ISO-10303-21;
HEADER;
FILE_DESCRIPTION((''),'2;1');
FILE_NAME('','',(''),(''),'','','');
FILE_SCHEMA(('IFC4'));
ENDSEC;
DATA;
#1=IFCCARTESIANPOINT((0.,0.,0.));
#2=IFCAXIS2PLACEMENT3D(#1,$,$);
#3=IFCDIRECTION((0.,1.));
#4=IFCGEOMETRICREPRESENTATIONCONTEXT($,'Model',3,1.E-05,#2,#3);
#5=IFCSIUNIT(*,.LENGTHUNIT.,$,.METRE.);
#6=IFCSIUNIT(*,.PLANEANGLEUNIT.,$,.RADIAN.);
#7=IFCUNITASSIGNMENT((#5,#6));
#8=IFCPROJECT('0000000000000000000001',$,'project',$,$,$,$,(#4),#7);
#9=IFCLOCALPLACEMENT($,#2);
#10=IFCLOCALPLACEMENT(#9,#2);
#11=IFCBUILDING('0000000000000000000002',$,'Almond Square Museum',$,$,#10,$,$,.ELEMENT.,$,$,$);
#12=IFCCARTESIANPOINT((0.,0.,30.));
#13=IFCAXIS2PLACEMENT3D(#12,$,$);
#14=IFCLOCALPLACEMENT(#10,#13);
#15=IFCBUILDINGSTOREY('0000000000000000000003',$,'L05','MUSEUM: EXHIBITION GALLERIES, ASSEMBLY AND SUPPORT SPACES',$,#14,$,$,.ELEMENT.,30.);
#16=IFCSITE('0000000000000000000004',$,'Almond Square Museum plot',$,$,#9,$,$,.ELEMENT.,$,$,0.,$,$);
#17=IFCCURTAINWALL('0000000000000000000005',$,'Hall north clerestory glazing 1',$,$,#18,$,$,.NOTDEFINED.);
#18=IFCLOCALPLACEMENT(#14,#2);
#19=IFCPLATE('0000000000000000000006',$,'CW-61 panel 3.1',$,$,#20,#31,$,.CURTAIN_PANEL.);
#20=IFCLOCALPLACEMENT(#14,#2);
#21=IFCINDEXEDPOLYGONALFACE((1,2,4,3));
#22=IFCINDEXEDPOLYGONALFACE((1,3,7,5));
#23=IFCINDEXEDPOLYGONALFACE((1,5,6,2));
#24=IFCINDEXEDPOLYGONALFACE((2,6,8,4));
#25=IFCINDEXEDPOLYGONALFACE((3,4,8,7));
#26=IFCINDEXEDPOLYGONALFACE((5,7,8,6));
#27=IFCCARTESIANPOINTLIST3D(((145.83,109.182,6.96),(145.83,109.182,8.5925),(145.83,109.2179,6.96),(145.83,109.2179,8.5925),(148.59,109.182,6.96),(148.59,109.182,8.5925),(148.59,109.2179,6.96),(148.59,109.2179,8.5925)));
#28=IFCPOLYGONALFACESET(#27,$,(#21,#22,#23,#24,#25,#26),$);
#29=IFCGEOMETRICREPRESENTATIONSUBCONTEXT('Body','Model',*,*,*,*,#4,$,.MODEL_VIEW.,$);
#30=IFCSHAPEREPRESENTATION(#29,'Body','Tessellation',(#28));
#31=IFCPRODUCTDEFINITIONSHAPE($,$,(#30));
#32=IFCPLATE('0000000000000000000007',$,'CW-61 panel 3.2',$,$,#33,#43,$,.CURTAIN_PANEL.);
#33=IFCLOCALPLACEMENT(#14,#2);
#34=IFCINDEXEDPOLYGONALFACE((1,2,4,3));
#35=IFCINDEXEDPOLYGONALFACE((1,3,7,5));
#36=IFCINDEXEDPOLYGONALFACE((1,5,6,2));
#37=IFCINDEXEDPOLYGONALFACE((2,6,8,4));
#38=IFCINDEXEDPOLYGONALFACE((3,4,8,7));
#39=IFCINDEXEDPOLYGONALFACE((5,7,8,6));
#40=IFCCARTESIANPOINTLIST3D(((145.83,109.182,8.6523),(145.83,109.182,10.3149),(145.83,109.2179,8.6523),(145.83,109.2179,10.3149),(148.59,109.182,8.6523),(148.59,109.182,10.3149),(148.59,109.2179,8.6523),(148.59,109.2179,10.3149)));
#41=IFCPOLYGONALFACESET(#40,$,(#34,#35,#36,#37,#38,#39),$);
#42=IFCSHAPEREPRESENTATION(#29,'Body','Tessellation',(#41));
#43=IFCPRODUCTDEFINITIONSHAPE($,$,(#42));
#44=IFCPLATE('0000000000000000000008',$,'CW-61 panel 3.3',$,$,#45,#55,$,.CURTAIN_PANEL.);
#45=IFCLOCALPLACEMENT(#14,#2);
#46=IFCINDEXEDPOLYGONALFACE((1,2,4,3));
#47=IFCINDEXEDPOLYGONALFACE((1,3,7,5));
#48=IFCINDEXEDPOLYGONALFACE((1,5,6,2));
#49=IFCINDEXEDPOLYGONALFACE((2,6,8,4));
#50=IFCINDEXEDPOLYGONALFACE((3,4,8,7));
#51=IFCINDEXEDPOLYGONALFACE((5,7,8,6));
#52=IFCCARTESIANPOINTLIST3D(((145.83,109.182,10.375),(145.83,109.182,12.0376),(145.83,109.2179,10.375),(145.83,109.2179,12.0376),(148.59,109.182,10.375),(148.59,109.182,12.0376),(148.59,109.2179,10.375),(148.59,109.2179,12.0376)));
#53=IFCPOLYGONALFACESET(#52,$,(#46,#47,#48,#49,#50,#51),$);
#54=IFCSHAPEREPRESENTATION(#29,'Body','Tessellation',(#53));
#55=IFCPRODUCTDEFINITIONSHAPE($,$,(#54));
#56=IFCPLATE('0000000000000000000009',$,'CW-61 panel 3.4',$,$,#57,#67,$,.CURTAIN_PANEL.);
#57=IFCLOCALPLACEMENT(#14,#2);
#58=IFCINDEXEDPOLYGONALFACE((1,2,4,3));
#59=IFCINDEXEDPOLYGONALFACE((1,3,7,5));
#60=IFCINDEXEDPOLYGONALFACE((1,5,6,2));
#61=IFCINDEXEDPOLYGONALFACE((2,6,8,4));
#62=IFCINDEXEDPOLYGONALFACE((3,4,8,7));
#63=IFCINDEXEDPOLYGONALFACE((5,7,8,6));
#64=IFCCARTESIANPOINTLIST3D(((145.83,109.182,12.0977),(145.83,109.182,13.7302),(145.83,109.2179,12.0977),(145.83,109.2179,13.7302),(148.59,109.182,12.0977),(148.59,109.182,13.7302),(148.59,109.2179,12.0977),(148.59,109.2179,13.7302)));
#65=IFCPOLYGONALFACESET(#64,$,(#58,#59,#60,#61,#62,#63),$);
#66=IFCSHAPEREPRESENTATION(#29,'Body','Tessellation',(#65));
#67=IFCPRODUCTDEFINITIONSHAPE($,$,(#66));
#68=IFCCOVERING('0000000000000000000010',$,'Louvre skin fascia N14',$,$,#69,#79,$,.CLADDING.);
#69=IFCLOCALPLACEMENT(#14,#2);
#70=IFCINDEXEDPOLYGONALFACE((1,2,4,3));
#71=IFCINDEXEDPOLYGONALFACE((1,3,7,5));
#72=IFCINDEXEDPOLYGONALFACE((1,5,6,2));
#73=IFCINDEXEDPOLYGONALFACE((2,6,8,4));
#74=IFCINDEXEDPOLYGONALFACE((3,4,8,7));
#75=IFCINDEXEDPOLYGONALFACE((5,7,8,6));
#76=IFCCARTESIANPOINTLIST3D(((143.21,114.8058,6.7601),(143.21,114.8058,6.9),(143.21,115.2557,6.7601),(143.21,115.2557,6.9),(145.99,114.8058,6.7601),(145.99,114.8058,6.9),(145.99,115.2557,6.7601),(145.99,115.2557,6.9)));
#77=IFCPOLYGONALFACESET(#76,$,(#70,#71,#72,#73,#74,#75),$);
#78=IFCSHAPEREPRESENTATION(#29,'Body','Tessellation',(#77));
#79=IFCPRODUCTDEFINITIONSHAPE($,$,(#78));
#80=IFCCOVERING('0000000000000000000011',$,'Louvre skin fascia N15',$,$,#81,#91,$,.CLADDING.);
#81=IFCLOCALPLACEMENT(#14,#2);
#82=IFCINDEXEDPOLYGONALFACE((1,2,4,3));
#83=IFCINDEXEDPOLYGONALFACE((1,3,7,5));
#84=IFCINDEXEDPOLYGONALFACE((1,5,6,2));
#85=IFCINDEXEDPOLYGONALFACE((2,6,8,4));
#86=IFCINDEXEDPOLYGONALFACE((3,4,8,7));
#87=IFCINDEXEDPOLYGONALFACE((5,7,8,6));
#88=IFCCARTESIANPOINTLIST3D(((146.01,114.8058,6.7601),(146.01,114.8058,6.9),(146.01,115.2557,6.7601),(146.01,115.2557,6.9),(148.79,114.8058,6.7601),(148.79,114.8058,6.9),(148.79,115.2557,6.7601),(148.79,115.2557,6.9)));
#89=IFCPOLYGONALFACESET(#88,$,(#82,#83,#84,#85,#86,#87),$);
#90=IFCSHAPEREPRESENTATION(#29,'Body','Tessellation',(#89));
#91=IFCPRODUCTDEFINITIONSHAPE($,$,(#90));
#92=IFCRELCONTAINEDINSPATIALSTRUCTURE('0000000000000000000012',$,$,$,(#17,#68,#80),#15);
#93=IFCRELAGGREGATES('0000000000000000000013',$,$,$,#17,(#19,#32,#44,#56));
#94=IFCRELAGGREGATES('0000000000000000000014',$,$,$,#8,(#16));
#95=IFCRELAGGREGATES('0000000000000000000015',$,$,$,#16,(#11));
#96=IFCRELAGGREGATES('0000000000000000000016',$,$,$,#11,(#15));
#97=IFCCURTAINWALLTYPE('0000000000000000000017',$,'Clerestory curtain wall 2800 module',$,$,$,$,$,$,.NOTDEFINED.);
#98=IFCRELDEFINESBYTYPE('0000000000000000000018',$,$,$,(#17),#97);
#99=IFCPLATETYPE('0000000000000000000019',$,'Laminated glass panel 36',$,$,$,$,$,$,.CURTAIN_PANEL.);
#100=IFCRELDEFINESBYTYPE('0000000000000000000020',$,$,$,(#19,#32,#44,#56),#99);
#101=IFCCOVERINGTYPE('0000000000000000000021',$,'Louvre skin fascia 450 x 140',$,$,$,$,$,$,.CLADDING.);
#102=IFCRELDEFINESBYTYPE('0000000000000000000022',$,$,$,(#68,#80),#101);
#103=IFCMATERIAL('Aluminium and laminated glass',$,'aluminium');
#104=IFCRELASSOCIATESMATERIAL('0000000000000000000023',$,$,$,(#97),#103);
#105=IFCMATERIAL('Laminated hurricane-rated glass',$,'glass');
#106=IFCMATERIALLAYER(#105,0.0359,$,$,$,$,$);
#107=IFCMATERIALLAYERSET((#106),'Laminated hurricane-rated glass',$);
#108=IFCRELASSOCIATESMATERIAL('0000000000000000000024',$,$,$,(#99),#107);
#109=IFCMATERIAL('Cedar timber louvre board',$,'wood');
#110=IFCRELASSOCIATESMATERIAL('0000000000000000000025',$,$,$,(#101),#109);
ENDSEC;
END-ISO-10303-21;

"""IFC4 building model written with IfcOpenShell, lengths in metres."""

from ifc_helpers import new_model, si_unit, direction, frame, origin, origin_2d, place, context, subcontext, project, spatial, rectangle, extrude, material, layer, layer_set, material_profile, profile_set, type_object, element, aggregate, save


model = new_model("IFC4")

# Units and contexts
model_context = context("Model", 3, precision=1e-05, world=origin(), true_north=direction((0.0, 1.0)))
body_context = subcontext(model_context, "Body", "Model", "MODEL_VIEW")
ifc_project = project(units=[si_unit("LENGTHUNIT", "METRE"), si_unit("PLANEANGLEUNIT", "RADIAN")], contexts=[model_context])

# Site, building, storey
site_placement = place(None, origin())
site = spatial("IfcSite", under=ifc_project, at=site_placement, Name="Almond Square Museum plot", CompositionType="ELEMENT", RefElevation=0.0)
building_placement = place(site_placement, origin())
building = spatial("IfcBuilding", under=site, at=building_placement, Name="Almond Square Museum", CompositionType="ELEMENT")
storey_placement = place(building_placement, frame((0.0, 0.0, 30.0)))
storey = spatial("IfcBuildingStorey", under=building, at=storey_placement, Name="L05", Description="MUSEUM: EXHIBITION GALLERIES, ASSEMBLY AND SUPPORT SPACES", CompositionType="ELEMENT", Elevation=30.0)

# Curtain wall
ifc_material_1 = material(Name="Aluminium and laminated glass", Category="aluminium")
curtain_wall_type = type_object("IfcCurtainWallType", Name="Clerestory curtain wall 2800 module", PredefinedType="NOTDEFINED", material=ifc_material_1)
curtain_wall_placement = place(storey_placement, origin())
curtain_wall = element("IfcCurtainWall", 1, at=curtain_wall_placement, inside=storey, type_object=curtain_wall_type, Name="Hall north clerestory glazing 1", PredefinedType="NOTDEFINED")

# Plates
ifc_material_2 = material(Name="Laminated hurricane-rated glass", Category="glass")
ifc_layer = layer(ifc_material_2, 0.0359)
ifc_layer_set = layer_set([ifc_layer], Name="Laminated hurricane-rated glass")
plate_type = type_object("IfcPlateType", Name="Laminated glass panel 36", PredefinedType="CURTAIN_PANEL", material=ifc_layer_set)
plate_1_placement = place(storey_placement, frame((147.21, 109.2, 6.96), z_axis=(0.0, 0.0, 1.0), x_axis=(1.0, 0.0, 0.0)))
plate_1 = element("IfcPlate", 2, at=plate_1_placement, type_object=plate_type, Name="CW-61 panel 3.1", PredefinedType="CURTAIN_PANEL", context=body_context, shape_type="SweptSolid", body=[
    extrude(rectangle(XDim=2.76, YDim=0.0359, at=origin_2d()), origin(), (0.0, 0.0, 1.0), 1.6326),
])
plate_2_placement = place(storey_placement, frame((147.21, 109.2, 8.6523), z_axis=(0.0, 0.0, 1.0), x_axis=(1.0, 0.0, 0.0)))
plate_2 = element("IfcPlate", 3, at=plate_2_placement, type_object=plate_type, Name="CW-61 panel 3.2", PredefinedType="CURTAIN_PANEL", context=body_context, shape_type="SweptSolid", body=[
    extrude(rectangle(XDim=2.76, YDim=0.0359, at=origin_2d()), origin(), (0.0, 0.0, 1.0), 1.6626),
])
plate_3_placement = place(storey_placement, frame((147.21, 109.2, 10.375), z_axis=(0.0, 0.0, 1.0), x_axis=(1.0, 0.0, 0.0)))
plate_3 = element("IfcPlate", 4, at=plate_3_placement, type_object=plate_type, Name="CW-61 panel 3.3", PredefinedType="CURTAIN_PANEL", context=body_context, shape_type="SweptSolid", body=[
    extrude(rectangle(XDim=2.76, YDim=0.0359, at=origin_2d()), origin(), (0.0, 0.0, 1.0), 1.6626),
])
plate_4_placement = place(storey_placement, frame((147.21, 109.2, 12.0977), z_axis=(0.0, 0.0, 1.0), x_axis=(1.0, 0.0, 0.0)))
plate_4 = element("IfcPlate", 5, at=plate_4_placement, type_object=plate_type, Name="CW-61 panel 3.4", PredefinedType="CURTAIN_PANEL", context=body_context, shape_type="SweptSolid", body=[
    extrude(rectangle(XDim=2.76, YDim=0.0359, at=origin_2d()), origin(), (0.0, 0.0, 1.0), 1.6326),
])
aggregate(curtain_wall, [plate_1, plate_2, plate_3, plate_4])

# Coverings
ifc_material_3 = material(Name="Cedar timber louvre board", Category="wood")
ifc_material_profile_1 = material_profile(ifc_material_3, rectangle(XDim=0.45, YDim=0.1399, at=origin_2d()))
ifc_profile_set_1 = profile_set([ifc_material_profile_1], Name="Cedar timber louvre board")
covering_type = type_object("IfcCoveringType", Name="Louvre skin fascia 450 x 140", PredefinedType="CLADDING", material=ifc_profile_set_1)
for number, where, z_axis, x_axis, name in (
    (6, (143.21, 115.0308, 6.8301), (1.0, 0.0, 0.0), (0.0, 1.0, 0.0), "Louvre skin fascia N14"),
    (7, (146.01, 115.0308, 6.8301), (1.0, 0.0, 0.0), (0.0, 1.0, 0.0), "Louvre skin fascia N15"),
):
    element("IfcCovering", number, at=place(storey_placement, frame(where, z_axis=z_axis, x_axis=x_axis)), inside=storey, type_object=covering_type, Name=name, PredefinedType="CLADDING", context=body_context, shape_type="SweptSolid", body=[
        extrude(rectangle(XDim=0.45, YDim=0.1399, at=origin_2d()), origin(), (0.0, 0.0, 1.0), 2.78),
    ])

save(model, "model.ifc")
